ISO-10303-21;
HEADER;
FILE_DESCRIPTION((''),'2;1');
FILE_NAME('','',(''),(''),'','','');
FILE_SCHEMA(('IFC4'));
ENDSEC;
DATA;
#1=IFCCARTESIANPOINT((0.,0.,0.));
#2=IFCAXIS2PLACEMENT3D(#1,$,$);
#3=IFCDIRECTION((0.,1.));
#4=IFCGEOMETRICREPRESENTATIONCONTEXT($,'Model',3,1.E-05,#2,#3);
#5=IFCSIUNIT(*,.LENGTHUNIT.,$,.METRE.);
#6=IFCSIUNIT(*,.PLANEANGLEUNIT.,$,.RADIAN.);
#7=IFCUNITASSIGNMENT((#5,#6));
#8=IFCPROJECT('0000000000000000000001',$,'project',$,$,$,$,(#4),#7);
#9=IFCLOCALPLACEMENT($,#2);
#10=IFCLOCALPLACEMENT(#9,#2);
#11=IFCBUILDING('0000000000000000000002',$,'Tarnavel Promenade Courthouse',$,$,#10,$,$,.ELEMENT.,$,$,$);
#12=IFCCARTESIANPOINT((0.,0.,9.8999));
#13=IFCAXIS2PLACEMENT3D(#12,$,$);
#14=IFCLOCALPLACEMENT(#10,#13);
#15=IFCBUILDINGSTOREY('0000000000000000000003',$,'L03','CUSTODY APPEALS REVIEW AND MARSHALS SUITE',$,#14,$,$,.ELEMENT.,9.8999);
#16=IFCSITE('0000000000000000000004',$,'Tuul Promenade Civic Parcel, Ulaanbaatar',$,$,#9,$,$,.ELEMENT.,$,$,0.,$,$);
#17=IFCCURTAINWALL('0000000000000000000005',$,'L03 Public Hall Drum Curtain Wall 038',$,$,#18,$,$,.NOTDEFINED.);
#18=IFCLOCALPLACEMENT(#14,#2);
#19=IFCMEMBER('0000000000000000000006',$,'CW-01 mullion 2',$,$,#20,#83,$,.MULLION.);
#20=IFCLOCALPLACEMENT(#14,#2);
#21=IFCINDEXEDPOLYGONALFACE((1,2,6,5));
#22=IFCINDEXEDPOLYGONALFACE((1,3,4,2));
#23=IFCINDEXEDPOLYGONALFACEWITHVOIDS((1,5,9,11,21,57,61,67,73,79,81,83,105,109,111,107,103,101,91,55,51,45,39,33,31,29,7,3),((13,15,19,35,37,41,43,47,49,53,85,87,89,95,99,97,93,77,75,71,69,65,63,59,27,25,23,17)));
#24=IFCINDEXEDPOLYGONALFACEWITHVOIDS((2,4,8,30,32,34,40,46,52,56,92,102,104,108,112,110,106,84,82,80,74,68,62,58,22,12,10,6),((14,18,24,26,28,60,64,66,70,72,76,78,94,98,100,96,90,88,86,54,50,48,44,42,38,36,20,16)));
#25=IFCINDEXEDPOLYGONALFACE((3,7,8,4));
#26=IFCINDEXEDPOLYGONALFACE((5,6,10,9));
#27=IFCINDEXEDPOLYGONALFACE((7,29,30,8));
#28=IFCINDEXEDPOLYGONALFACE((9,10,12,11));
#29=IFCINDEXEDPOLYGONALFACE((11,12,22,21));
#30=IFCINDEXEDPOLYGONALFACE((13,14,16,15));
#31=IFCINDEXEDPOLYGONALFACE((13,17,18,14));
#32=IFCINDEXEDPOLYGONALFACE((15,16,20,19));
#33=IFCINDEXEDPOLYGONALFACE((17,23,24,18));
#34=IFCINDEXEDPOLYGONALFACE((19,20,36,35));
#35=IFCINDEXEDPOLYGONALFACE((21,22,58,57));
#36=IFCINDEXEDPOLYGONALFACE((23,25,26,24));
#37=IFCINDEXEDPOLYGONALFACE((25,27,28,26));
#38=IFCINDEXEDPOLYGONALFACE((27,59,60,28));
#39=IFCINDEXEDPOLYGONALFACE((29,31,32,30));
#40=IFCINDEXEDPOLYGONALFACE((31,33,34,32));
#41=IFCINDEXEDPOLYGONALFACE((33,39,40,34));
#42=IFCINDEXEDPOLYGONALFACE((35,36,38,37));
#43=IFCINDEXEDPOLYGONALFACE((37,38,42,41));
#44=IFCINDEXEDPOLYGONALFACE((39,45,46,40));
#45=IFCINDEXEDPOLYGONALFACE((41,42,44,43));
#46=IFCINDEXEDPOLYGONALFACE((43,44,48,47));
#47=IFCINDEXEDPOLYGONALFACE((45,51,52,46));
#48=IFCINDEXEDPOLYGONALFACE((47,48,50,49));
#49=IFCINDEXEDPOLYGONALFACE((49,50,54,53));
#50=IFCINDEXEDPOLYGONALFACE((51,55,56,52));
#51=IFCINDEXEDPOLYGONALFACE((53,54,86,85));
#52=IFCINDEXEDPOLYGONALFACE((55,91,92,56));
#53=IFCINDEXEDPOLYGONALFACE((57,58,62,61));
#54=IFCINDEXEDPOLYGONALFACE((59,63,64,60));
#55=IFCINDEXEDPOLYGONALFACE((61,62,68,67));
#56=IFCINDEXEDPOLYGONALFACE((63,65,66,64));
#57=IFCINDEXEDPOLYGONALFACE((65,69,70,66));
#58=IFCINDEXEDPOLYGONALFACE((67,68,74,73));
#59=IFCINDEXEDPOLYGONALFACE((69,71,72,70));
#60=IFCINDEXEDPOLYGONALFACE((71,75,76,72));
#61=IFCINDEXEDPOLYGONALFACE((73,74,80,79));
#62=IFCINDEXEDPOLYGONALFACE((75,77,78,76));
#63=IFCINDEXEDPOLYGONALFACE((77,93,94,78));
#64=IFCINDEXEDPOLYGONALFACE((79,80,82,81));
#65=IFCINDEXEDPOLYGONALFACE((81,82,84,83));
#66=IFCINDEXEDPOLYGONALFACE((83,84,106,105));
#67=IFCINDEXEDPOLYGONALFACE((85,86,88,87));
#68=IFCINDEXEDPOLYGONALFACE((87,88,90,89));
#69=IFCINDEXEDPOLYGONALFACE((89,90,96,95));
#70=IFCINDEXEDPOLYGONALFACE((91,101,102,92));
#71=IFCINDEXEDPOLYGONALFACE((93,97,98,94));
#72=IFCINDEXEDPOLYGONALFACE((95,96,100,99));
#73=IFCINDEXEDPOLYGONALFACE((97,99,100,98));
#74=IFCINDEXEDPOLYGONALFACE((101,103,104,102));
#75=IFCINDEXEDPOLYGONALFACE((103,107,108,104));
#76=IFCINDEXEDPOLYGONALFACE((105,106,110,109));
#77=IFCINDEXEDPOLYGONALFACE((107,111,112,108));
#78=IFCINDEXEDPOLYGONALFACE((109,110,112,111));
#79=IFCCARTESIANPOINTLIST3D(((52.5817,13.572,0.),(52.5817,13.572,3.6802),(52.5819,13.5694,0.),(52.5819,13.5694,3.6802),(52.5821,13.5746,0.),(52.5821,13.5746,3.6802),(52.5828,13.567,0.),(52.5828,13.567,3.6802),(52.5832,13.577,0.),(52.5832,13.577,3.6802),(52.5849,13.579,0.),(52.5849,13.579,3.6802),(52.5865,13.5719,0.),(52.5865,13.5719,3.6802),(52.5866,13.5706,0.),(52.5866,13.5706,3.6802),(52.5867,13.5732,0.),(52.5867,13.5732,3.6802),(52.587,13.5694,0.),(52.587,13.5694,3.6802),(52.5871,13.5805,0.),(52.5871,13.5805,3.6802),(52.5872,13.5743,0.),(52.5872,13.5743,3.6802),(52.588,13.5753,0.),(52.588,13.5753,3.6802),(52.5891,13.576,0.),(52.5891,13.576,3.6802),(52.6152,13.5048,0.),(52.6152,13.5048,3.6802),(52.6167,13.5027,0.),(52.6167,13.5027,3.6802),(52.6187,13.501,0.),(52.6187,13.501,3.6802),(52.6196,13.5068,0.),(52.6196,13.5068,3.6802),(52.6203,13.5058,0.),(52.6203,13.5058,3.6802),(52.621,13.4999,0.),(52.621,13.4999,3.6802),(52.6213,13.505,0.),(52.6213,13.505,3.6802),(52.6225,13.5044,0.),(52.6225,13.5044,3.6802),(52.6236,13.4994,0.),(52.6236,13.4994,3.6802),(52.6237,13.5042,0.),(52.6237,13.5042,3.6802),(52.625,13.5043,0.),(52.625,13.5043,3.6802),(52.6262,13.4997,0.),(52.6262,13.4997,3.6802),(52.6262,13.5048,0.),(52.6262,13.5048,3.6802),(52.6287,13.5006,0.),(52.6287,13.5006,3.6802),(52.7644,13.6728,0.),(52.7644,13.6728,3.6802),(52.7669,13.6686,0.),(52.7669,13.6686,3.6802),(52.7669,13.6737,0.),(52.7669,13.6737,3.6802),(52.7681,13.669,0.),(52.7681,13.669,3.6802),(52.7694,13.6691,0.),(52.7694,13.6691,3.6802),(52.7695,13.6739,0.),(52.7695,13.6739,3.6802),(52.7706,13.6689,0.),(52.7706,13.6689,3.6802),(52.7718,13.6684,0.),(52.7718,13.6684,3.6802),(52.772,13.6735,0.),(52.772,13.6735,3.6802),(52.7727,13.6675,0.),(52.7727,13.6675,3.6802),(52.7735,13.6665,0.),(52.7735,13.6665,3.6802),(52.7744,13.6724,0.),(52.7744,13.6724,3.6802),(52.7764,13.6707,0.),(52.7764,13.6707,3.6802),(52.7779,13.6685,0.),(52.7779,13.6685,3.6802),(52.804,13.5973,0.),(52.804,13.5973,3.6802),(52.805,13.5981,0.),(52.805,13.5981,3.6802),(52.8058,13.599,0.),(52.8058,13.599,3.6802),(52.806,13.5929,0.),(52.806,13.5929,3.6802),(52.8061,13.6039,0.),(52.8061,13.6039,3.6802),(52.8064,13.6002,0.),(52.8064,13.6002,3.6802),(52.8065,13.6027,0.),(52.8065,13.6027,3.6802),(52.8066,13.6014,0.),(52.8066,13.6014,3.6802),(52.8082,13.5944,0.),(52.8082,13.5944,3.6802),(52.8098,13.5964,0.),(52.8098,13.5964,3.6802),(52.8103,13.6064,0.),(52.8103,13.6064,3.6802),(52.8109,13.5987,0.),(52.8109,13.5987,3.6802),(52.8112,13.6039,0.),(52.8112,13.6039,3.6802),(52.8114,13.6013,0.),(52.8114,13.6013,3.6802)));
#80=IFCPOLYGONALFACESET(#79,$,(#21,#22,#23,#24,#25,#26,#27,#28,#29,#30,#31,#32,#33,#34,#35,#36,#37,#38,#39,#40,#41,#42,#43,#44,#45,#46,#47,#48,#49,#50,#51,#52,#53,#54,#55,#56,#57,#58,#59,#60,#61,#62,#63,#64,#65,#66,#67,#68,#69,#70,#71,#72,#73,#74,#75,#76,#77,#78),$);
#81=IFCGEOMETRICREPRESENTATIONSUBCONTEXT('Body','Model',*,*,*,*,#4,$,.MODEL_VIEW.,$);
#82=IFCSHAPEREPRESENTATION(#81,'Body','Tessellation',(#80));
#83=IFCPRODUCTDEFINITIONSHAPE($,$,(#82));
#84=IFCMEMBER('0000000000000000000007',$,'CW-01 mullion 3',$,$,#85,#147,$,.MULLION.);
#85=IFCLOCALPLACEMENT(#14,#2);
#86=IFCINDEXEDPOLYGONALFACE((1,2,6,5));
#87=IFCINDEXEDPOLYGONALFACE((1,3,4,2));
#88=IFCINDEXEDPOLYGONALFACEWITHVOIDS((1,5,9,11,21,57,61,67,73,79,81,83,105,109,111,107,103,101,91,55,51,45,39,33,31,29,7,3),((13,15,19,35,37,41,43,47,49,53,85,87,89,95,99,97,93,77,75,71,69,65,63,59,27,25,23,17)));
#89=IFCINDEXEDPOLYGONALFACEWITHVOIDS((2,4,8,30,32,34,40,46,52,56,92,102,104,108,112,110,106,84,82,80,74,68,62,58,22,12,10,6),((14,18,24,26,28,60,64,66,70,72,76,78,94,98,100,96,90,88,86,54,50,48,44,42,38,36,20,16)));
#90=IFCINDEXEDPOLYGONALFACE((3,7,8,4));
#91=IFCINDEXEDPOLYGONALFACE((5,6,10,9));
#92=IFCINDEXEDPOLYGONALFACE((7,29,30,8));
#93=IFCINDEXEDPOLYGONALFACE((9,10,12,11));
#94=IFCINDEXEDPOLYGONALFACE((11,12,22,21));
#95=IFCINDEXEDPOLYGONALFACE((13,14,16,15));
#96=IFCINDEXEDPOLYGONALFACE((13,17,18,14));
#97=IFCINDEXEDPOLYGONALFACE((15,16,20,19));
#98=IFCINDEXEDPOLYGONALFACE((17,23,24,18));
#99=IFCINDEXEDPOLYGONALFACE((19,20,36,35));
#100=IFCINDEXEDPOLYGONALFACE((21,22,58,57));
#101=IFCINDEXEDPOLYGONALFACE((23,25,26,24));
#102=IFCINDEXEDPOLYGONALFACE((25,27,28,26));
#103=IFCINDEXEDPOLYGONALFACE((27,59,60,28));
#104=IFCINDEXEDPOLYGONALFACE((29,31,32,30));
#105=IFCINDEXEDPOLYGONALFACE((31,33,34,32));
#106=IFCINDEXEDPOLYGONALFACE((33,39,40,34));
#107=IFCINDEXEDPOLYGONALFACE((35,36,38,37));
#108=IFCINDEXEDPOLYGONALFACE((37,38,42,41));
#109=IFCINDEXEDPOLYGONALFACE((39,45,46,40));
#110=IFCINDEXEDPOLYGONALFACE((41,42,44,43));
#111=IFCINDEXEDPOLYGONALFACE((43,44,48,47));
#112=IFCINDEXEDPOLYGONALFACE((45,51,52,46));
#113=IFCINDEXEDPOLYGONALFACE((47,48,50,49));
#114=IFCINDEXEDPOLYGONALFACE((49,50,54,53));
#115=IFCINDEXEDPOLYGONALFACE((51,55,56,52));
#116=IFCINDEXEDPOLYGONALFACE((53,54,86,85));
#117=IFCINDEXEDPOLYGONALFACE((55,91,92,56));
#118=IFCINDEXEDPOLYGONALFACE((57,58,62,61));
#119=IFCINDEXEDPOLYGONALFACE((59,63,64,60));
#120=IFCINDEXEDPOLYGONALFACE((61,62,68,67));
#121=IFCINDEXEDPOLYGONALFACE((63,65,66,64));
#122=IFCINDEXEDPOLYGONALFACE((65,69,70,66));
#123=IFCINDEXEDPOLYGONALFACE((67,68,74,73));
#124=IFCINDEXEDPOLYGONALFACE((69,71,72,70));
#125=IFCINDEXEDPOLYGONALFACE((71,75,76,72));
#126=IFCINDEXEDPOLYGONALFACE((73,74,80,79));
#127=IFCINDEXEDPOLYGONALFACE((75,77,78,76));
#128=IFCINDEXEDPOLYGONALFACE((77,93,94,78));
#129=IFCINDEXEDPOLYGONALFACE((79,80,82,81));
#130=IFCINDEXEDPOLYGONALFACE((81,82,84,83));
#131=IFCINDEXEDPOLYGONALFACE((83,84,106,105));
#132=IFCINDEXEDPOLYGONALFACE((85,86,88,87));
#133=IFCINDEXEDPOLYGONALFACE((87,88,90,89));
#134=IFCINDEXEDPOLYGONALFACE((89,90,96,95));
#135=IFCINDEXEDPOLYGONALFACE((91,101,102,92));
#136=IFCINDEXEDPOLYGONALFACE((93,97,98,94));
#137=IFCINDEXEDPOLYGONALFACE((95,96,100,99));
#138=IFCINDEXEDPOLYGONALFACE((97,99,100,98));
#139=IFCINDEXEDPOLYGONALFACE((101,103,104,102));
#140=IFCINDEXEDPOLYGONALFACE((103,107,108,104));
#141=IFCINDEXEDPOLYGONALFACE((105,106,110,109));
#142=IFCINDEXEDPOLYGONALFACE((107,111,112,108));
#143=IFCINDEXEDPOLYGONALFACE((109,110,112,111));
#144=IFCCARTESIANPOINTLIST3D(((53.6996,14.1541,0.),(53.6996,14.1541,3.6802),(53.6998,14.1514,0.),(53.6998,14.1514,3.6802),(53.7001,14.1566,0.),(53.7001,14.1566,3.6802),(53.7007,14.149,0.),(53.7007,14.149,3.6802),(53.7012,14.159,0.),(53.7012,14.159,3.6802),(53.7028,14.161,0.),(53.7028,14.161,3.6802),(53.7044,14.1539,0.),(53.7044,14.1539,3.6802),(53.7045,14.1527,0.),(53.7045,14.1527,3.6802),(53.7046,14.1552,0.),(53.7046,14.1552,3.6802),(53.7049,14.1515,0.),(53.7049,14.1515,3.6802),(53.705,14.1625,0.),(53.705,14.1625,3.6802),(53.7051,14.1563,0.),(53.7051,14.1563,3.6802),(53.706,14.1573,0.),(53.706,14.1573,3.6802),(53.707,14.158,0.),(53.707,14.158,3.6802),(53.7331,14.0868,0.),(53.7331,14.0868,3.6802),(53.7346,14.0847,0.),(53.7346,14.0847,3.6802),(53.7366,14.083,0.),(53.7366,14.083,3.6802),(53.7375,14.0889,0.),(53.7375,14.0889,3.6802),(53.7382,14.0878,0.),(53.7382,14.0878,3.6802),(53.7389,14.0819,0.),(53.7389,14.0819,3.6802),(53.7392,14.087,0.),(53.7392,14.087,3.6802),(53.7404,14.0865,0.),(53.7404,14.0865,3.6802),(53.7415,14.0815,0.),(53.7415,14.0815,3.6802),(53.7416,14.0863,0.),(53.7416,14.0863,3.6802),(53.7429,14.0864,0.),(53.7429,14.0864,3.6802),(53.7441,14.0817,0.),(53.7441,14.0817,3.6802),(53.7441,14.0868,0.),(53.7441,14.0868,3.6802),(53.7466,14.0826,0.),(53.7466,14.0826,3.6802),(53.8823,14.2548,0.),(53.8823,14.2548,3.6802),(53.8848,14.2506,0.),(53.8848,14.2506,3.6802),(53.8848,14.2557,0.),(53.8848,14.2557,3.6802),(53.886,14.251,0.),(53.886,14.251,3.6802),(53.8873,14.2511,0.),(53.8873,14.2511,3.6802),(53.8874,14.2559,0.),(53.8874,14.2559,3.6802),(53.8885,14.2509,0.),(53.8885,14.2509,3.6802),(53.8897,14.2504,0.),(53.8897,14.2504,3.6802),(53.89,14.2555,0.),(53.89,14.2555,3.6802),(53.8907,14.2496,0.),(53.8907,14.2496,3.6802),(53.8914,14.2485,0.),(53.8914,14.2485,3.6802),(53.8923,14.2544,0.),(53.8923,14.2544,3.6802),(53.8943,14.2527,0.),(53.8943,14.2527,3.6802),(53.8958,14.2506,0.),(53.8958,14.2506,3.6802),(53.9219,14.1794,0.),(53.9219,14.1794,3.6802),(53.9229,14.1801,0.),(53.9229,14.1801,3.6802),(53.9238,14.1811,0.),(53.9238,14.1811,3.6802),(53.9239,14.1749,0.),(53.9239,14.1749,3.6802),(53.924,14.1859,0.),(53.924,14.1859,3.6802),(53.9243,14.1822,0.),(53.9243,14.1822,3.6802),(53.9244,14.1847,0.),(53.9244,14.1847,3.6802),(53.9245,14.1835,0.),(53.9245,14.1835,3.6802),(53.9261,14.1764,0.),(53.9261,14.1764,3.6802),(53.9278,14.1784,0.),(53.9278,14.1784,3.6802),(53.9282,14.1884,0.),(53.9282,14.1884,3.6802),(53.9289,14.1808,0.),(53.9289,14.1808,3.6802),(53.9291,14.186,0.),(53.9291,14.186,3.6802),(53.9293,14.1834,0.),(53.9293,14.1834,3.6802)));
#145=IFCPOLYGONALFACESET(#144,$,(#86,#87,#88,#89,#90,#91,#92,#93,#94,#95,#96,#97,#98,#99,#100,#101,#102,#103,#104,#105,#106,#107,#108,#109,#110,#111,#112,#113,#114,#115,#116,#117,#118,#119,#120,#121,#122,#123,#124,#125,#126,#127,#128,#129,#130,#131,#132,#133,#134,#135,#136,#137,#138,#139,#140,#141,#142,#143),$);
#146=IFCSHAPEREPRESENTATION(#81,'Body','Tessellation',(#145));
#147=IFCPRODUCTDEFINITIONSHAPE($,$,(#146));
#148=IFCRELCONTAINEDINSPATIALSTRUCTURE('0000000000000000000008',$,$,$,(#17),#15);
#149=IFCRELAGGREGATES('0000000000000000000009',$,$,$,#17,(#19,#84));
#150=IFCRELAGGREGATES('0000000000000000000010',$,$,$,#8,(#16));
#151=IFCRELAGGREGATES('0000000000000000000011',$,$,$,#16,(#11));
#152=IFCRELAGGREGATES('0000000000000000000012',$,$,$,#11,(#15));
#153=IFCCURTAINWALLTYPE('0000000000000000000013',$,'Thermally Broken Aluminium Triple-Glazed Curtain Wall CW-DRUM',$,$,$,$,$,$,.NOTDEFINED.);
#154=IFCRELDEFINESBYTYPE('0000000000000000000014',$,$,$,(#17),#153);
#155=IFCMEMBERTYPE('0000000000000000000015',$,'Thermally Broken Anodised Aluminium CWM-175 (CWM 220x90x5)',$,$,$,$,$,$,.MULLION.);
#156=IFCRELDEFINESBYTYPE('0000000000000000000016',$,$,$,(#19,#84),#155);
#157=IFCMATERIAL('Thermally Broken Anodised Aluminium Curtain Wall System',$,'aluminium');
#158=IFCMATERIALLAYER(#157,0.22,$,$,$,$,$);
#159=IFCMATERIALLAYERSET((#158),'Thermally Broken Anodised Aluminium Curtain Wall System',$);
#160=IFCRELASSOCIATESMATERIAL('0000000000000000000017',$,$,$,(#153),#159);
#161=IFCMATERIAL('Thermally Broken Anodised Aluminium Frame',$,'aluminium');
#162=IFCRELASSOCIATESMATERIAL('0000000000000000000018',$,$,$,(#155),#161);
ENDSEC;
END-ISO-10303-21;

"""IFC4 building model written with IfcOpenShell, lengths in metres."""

from ifc_helpers import new_model, si_unit, direction, frame, origin, origin_2d, place, context, subcontext, project, spatial, hollow_rectangle, extrude, material, layer, layer_set, material_profile, profile_set, type_object, element, aggregate, save


model = new_model("IFC4")

# Units and contexts
model_context = context("Model", 3, precision=1e-05, world=origin(), true_north=direction((0.0, 1.0)))
body_context = subcontext(model_context, "Body", "Model", "MODEL_VIEW")
ifc_project = project(units=[si_unit("LENGTHUNIT", "METRE"), si_unit("PLANEANGLEUNIT", "RADIAN")], contexts=[model_context])

# Site, building, storey
site_placement = place(None, origin())
site = spatial("IfcSite", under=ifc_project, at=site_placement, Name="Tuul Promenade Civic Parcel, Ulaanbaatar", CompositionType="ELEMENT", RefElevation=0.0)
building_placement = place(site_placement, origin())
building = spatial("IfcBuilding", under=site, at=building_placement, Name="Tarnavel Promenade Courthouse", CompositionType="ELEMENT")
storey_placement = place(building_placement, frame((0.0, 0.0, 9.8999)))
storey = spatial("IfcBuildingStorey", under=building, at=storey_placement, Name="L03", Description="CUSTODY APPEALS REVIEW AND MARSHALS SUITE", CompositionType="ELEMENT", Elevation=9.8999)

# Curtain wall, members
ifc_material_1 = material(Name="Thermally Broken Anodised Aluminium Curtain Wall System", Category="aluminium")
ifc_layer_1 = layer(ifc_material_1, 0.22)
ifc_layer_set_1 = layer_set([ifc_layer_1], Name="Thermally Broken Anodised Aluminium Curtain Wall System")
curtain_wall_type = type_object("IfcCurtainWallType", Name="Thermally Broken Aluminium Triple-Glazed Curtain Wall CW-DRUM", PredefinedType="NOTDEFINED", material=ifc_layer_set_1)
ifc_material_2 = material(Name="Thermally Broken Anodised Aluminium Frame", Category="aluminium")
ifc_material_profile_1 = material_profile(ifc_material_2, hollow_rectangle(XDim=0.0901, YDim=0.22, WallThickness=0.0049, InnerFilletRadius=0.0049, OuterFilletRadius=0.01, at=origin_2d()), Name="CWM 220x90x5")
ifc_profile_set_1 = profile_set([ifc_material_profile_1], Name="Thermally Broken Anodised Aluminium Frame")
member_type_1 = type_object("IfcMemberType", Name="Thermally Broken Anodised Aluminium CWM-175 (CWM 220x90x5)", PredefinedType="MULLION", material=ifc_profile_set_1)
curtain_wall_1_placement = place(storey_placement, origin())
curtain_wall_1 = element("IfcCurtainWall", 1, at=curtain_wall_1_placement, inside=storey, type_object=curtain_wall_type, Name="L03 Public Hall Drum Curtain Wall 038", PredefinedType="NOTDEFINED")
member_1_placement = place(storey_placement, frame((52.6965, 13.5867, 0.0), z_axis=(0.0, 0.0, 1.0), x_axis=(-0.461747, 0.887011, 0.0)))
member_1 = element("IfcMember", 2, at=member_1_placement, type_object=member_type_1, Name="CW-01 mullion 2", PredefinedType="MULLION", context=body_context, shape_type="SweptSolid", body=[
    extrude(hollow_rectangle(XDim=0.0901, YDim=0.22, WallThickness=0.0049, InnerFilletRadius=0.0049, OuterFilletRadius=0.01, at=origin_2d()), origin(), (0.0, 0.0, 1.0), 3.6802),
])
member_2_placement = place(storey_placement, frame((53.8145, 14.1687, 0.0), z_axis=(0.0, 0.0, 1.0), x_axis=(-0.461747, 0.887011, 0.0)))
member_2 = element("IfcMember", 3, at=member_2_placement, type_object=member_type_1, Name="CW-01 mullion 3", PredefinedType="MULLION", context=body_context, shape_type="SweptSolid", body=[
    extrude(hollow_rectangle(XDim=0.0901, YDim=0.22, WallThickness=0.0049, InnerFilletRadius=0.0049, OuterFilletRadius=0.01, at=origin_2d()), origin(), (0.0, 0.0, 1.0), 3.6802),
])

aggregate(curtain_wall_1, [member_1, member_2])

save(model, "model.ifc")
